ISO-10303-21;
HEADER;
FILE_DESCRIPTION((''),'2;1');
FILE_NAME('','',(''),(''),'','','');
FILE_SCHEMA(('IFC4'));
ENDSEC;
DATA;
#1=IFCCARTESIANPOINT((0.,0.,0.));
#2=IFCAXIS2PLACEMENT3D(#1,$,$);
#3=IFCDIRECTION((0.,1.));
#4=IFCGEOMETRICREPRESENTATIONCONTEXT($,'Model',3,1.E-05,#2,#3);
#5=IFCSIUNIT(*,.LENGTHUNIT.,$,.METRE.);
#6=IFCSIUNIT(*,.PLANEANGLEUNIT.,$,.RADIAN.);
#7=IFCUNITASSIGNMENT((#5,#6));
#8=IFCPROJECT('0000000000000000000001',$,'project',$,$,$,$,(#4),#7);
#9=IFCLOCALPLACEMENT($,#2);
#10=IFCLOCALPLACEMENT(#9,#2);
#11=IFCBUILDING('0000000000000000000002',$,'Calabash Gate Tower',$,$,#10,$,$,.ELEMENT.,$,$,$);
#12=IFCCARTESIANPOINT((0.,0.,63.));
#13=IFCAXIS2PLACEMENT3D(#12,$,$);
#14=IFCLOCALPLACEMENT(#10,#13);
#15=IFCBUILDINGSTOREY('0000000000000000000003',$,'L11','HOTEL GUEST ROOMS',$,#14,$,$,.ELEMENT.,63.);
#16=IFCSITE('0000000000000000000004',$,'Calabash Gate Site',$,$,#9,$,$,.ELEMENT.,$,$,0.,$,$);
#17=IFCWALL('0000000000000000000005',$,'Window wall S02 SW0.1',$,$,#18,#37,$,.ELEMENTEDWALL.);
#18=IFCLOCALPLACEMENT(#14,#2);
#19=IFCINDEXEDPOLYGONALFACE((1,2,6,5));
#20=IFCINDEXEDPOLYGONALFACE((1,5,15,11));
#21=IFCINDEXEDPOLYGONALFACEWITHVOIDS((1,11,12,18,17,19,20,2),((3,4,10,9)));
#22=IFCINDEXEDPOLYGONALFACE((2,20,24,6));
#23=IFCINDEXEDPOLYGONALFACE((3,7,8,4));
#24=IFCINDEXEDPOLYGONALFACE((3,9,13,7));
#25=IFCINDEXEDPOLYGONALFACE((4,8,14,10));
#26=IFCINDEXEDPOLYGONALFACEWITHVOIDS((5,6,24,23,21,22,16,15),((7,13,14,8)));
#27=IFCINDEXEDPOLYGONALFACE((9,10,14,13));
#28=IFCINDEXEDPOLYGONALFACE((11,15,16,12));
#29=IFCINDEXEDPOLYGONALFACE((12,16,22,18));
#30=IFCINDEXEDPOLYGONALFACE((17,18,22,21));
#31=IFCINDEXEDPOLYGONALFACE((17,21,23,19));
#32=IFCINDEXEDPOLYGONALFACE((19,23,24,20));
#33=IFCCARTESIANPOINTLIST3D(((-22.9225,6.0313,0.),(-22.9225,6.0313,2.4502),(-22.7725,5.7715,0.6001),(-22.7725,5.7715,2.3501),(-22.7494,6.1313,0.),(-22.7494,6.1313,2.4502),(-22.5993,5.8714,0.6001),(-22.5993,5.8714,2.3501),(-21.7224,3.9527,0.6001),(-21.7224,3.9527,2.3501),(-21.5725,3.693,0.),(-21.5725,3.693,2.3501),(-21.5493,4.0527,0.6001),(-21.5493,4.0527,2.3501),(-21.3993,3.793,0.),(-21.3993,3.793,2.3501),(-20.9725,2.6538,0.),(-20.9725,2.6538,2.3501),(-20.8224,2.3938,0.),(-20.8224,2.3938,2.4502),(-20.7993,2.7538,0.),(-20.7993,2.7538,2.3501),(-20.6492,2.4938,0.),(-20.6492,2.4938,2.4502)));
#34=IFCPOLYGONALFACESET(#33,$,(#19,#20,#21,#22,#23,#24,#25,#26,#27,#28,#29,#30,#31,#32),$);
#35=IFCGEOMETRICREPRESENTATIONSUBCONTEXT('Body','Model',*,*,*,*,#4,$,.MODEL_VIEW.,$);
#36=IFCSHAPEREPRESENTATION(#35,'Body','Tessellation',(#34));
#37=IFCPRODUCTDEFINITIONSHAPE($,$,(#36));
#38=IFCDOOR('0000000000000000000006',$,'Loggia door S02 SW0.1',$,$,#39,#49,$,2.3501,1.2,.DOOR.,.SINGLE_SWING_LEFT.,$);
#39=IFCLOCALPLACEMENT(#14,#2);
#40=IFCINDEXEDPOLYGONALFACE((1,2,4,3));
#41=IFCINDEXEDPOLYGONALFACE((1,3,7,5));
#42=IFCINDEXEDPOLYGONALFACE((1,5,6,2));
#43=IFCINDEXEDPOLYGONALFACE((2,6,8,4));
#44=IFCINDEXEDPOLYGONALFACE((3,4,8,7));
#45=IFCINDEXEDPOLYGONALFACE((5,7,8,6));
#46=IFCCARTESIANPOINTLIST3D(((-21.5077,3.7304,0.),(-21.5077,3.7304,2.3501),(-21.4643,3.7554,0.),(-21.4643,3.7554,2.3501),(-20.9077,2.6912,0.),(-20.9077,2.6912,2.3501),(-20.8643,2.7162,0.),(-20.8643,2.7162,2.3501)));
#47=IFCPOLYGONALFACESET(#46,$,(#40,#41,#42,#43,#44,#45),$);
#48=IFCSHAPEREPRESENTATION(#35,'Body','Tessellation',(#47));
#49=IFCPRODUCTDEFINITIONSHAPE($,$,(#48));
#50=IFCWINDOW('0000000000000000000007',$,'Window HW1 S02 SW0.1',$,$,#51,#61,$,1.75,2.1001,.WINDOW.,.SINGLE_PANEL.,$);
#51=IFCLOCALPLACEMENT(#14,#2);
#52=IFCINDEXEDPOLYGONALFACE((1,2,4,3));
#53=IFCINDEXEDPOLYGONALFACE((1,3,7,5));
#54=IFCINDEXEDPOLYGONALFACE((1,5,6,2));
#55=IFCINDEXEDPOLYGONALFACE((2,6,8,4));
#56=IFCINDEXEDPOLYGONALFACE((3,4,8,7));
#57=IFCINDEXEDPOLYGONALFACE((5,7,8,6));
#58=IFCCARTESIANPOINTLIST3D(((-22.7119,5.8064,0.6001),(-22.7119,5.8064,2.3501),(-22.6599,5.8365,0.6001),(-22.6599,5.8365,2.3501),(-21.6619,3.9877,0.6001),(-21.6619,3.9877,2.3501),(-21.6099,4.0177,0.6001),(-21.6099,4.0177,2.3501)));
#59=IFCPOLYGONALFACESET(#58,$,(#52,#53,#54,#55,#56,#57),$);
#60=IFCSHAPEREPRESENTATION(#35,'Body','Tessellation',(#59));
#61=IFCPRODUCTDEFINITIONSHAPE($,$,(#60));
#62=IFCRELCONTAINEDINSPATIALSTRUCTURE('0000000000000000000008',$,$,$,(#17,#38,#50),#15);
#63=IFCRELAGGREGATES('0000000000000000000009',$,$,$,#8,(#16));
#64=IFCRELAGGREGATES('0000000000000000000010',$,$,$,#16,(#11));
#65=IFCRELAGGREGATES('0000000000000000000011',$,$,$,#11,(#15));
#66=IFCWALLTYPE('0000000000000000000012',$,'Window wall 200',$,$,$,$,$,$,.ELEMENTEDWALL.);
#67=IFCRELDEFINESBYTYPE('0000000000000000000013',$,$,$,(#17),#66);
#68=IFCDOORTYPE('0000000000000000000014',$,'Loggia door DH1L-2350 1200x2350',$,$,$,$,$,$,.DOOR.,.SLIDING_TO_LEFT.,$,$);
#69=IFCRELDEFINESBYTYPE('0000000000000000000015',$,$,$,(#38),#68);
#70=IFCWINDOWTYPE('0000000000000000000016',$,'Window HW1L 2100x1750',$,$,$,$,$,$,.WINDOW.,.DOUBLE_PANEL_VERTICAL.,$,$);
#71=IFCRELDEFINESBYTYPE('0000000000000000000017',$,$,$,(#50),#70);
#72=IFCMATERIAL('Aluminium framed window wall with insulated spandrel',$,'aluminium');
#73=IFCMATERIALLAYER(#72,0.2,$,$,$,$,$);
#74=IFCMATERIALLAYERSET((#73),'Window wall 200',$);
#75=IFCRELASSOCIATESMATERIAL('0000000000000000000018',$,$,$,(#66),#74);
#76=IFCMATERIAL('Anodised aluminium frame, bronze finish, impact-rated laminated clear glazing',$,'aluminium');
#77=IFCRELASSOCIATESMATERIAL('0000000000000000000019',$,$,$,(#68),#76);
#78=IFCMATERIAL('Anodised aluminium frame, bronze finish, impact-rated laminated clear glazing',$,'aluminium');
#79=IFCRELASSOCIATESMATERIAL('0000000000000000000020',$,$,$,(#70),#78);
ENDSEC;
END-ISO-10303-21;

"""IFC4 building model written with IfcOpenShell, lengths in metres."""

from ifc_helpers import new_model, si_unit, direction, frame, frame_2d, origin, place, context, subcontext, project, spatial, rectangle, extrude, material, layer, layer_set, type_object, element, fill, save


model = new_model("IFC4")

# Units and contexts
model_context = context("Model", 3, precision=1e-05, world=origin(), true_north=direction((0.0, 1.0)))
body_context = subcontext(model_context, "Body", "Model", "MODEL_VIEW")
ifc_project = project(units=[si_unit("LENGTHUNIT", "METRE"), si_unit("PLANEANGLEUNIT", "RADIAN")], contexts=[model_context])

# Site, building, storey
site_placement = place(None, origin())
site = spatial("IfcSite", under=ifc_project, at=site_placement, Name="Calabash Gate Site", CompositionType="ELEMENT", RefElevation=0.0)
building_placement = place(site_placement, origin())
building = spatial("IfcBuilding", under=site, at=building_placement, Name="Calabash Gate Tower", CompositionType="ELEMENT")
storey_placement = place(building_placement, frame((0.0, 0.0, 63.0)))
storey = spatial("IfcBuildingStorey", under=building, at=storey_placement, Name="L11", Description="HOTEL GUEST ROOMS", CompositionType="ELEMENT", Elevation=63.0)

# Wall, openings, door, window
ifc_material_1 = material(Name="Aluminium framed window wall with insulated spandrel", Category="aluminium")
ifc_layer_1 = layer(ifc_material_1, 0.2)
ifc_layer_set_1 = layer_set([ifc_layer_1], Name="Window wall 200")
wall_type_1 = type_object("IfcWallType", Name="Window wall 200", PredefinedType="ELEMENTEDWALL", material=ifc_layer_set_1)
wall_1_placement = place(storey_placement, frame((-22.8359, 6.0813, 0.0), z_axis=(0.0, 0.0, 1.0), x_axis=(0.500003, -0.866024, 0.0)))
wall_1 = element("IfcWall", 1, at=wall_1_placement, inside=storey, type_object=wall_type_1, Name="Window wall S02 SW0.1", PredefinedType="ELEMENTEDWALL", context=body_context, shape_type="SweptSolid", body=[
    extrude(rectangle(XDim=4.2002, YDim=0.2, at=frame_2d((2.1001, 0.0))), origin(), (0.0, 0.0, 1.0), 2.4502),
])
opening_1_placement = place(wall_1_placement, frame((0.3, 0.0, 0.6001)))
opening_1 = element("IfcOpeningElement", 2, at=opening_1_placement, cuts=wall_1, PredefinedType="OPENING", context=body_context, shape_type="SweptSolid", body=[
    extrude(rectangle(XDim=2.1001, YDim=1.75, at=frame_2d((1.05, 0.875))), frame((0.0, 0.1099, 0.0), z_axis=(0.0, -1.0, 0.0), x_axis=(1.0, 0.0, 0.0)), (0.0, 0.0, 1.0), 0.22),
])
opening_2_placement = place(wall_1_placement, frame((2.7, 0.0, 0.0)))
opening_2 = element("IfcOpeningElement", 3, at=opening_2_placement, cuts=wall_1, PredefinedType="OPENING", context=body_context, shape_type="SweptSolid", body=[
    extrude(rectangle(XDim=1.2, YDim=2.3501, at=frame_2d((0.6001, 1.175))), frame((0.0, 0.1099, 0.0), z_axis=(0.0, -1.0, 0.0), x_axis=(1.0, 0.0, 0.0)), (0.0, 0.0, 1.0), 0.22),
])
ifc_material_2 = material(Name="Anodised aluminium frame, bronze finish, impact-rated laminated clear glazing", Category="aluminium")
door_type_1 = type_object("IfcDoorType", Name="Loggia door DH1L-2350 1200x2350", OperationType="SLIDING_TO_LEFT", PredefinedType="DOOR", material=ifc_material_2)
door_1_placement = place(opening_2_placement, origin())
door_1 = element("IfcDoor", 4, at=door_1_placement, inside=storey, type_object=door_type_1, Name="Loggia door S02 SW0.1", OperationType="SINGLE_SWING_LEFT", OverallHeight=2.3501, OverallWidth=1.2, PredefinedType="DOOR", context=body_context, shape_type="SweptSolid", body=[
    extrude(rectangle(XDim=1.2, YDim=2.3501, at=frame_2d((0.6001, 1.175))), frame((0.0, 0.0249, 0.0), z_axis=(0.0, -1.0, 0.0), x_axis=(1.0, 0.0, 0.0)), (0.0, 0.0, 1.0), 0.05),
])
fill(opening_2, door_1)
ifc_material_3 = material(Name="Anodised aluminium frame, bronze finish, impact-rated laminated clear glazing", Category="aluminium")
window_type_1 = type_object("IfcWindowType", Name="Window HW1L 2100x1750", PartitioningType="DOUBLE_PANEL_VERTICAL", PredefinedType="WINDOW", material=ifc_material_3)
window_1_placement = place(opening_1_placement, origin())
window_1 = element("IfcWindow", 5, at=window_1_placement, inside=storey, type_object=window_type_1, Name="Window HW1 S02 SW0.1", OverallHeight=1.75, OverallWidth=2.1001, PartitioningType="SINGLE_PANEL", PredefinedType="WINDOW", context=body_context, shape_type="SweptSolid", body=[
    extrude(rectangle(XDim=2.1001, YDim=1.75, at=frame_2d((1.05, 0.875))), frame((0.0, 0.03, 0.0), z_axis=(0.0, -1.0, 0.0), x_axis=(1.0, 0.0, 0.0)), (0.0, 0.0, 1.0), 0.0601),
])
fill(opening_1, window_1)

save(model, "model.ifc")
